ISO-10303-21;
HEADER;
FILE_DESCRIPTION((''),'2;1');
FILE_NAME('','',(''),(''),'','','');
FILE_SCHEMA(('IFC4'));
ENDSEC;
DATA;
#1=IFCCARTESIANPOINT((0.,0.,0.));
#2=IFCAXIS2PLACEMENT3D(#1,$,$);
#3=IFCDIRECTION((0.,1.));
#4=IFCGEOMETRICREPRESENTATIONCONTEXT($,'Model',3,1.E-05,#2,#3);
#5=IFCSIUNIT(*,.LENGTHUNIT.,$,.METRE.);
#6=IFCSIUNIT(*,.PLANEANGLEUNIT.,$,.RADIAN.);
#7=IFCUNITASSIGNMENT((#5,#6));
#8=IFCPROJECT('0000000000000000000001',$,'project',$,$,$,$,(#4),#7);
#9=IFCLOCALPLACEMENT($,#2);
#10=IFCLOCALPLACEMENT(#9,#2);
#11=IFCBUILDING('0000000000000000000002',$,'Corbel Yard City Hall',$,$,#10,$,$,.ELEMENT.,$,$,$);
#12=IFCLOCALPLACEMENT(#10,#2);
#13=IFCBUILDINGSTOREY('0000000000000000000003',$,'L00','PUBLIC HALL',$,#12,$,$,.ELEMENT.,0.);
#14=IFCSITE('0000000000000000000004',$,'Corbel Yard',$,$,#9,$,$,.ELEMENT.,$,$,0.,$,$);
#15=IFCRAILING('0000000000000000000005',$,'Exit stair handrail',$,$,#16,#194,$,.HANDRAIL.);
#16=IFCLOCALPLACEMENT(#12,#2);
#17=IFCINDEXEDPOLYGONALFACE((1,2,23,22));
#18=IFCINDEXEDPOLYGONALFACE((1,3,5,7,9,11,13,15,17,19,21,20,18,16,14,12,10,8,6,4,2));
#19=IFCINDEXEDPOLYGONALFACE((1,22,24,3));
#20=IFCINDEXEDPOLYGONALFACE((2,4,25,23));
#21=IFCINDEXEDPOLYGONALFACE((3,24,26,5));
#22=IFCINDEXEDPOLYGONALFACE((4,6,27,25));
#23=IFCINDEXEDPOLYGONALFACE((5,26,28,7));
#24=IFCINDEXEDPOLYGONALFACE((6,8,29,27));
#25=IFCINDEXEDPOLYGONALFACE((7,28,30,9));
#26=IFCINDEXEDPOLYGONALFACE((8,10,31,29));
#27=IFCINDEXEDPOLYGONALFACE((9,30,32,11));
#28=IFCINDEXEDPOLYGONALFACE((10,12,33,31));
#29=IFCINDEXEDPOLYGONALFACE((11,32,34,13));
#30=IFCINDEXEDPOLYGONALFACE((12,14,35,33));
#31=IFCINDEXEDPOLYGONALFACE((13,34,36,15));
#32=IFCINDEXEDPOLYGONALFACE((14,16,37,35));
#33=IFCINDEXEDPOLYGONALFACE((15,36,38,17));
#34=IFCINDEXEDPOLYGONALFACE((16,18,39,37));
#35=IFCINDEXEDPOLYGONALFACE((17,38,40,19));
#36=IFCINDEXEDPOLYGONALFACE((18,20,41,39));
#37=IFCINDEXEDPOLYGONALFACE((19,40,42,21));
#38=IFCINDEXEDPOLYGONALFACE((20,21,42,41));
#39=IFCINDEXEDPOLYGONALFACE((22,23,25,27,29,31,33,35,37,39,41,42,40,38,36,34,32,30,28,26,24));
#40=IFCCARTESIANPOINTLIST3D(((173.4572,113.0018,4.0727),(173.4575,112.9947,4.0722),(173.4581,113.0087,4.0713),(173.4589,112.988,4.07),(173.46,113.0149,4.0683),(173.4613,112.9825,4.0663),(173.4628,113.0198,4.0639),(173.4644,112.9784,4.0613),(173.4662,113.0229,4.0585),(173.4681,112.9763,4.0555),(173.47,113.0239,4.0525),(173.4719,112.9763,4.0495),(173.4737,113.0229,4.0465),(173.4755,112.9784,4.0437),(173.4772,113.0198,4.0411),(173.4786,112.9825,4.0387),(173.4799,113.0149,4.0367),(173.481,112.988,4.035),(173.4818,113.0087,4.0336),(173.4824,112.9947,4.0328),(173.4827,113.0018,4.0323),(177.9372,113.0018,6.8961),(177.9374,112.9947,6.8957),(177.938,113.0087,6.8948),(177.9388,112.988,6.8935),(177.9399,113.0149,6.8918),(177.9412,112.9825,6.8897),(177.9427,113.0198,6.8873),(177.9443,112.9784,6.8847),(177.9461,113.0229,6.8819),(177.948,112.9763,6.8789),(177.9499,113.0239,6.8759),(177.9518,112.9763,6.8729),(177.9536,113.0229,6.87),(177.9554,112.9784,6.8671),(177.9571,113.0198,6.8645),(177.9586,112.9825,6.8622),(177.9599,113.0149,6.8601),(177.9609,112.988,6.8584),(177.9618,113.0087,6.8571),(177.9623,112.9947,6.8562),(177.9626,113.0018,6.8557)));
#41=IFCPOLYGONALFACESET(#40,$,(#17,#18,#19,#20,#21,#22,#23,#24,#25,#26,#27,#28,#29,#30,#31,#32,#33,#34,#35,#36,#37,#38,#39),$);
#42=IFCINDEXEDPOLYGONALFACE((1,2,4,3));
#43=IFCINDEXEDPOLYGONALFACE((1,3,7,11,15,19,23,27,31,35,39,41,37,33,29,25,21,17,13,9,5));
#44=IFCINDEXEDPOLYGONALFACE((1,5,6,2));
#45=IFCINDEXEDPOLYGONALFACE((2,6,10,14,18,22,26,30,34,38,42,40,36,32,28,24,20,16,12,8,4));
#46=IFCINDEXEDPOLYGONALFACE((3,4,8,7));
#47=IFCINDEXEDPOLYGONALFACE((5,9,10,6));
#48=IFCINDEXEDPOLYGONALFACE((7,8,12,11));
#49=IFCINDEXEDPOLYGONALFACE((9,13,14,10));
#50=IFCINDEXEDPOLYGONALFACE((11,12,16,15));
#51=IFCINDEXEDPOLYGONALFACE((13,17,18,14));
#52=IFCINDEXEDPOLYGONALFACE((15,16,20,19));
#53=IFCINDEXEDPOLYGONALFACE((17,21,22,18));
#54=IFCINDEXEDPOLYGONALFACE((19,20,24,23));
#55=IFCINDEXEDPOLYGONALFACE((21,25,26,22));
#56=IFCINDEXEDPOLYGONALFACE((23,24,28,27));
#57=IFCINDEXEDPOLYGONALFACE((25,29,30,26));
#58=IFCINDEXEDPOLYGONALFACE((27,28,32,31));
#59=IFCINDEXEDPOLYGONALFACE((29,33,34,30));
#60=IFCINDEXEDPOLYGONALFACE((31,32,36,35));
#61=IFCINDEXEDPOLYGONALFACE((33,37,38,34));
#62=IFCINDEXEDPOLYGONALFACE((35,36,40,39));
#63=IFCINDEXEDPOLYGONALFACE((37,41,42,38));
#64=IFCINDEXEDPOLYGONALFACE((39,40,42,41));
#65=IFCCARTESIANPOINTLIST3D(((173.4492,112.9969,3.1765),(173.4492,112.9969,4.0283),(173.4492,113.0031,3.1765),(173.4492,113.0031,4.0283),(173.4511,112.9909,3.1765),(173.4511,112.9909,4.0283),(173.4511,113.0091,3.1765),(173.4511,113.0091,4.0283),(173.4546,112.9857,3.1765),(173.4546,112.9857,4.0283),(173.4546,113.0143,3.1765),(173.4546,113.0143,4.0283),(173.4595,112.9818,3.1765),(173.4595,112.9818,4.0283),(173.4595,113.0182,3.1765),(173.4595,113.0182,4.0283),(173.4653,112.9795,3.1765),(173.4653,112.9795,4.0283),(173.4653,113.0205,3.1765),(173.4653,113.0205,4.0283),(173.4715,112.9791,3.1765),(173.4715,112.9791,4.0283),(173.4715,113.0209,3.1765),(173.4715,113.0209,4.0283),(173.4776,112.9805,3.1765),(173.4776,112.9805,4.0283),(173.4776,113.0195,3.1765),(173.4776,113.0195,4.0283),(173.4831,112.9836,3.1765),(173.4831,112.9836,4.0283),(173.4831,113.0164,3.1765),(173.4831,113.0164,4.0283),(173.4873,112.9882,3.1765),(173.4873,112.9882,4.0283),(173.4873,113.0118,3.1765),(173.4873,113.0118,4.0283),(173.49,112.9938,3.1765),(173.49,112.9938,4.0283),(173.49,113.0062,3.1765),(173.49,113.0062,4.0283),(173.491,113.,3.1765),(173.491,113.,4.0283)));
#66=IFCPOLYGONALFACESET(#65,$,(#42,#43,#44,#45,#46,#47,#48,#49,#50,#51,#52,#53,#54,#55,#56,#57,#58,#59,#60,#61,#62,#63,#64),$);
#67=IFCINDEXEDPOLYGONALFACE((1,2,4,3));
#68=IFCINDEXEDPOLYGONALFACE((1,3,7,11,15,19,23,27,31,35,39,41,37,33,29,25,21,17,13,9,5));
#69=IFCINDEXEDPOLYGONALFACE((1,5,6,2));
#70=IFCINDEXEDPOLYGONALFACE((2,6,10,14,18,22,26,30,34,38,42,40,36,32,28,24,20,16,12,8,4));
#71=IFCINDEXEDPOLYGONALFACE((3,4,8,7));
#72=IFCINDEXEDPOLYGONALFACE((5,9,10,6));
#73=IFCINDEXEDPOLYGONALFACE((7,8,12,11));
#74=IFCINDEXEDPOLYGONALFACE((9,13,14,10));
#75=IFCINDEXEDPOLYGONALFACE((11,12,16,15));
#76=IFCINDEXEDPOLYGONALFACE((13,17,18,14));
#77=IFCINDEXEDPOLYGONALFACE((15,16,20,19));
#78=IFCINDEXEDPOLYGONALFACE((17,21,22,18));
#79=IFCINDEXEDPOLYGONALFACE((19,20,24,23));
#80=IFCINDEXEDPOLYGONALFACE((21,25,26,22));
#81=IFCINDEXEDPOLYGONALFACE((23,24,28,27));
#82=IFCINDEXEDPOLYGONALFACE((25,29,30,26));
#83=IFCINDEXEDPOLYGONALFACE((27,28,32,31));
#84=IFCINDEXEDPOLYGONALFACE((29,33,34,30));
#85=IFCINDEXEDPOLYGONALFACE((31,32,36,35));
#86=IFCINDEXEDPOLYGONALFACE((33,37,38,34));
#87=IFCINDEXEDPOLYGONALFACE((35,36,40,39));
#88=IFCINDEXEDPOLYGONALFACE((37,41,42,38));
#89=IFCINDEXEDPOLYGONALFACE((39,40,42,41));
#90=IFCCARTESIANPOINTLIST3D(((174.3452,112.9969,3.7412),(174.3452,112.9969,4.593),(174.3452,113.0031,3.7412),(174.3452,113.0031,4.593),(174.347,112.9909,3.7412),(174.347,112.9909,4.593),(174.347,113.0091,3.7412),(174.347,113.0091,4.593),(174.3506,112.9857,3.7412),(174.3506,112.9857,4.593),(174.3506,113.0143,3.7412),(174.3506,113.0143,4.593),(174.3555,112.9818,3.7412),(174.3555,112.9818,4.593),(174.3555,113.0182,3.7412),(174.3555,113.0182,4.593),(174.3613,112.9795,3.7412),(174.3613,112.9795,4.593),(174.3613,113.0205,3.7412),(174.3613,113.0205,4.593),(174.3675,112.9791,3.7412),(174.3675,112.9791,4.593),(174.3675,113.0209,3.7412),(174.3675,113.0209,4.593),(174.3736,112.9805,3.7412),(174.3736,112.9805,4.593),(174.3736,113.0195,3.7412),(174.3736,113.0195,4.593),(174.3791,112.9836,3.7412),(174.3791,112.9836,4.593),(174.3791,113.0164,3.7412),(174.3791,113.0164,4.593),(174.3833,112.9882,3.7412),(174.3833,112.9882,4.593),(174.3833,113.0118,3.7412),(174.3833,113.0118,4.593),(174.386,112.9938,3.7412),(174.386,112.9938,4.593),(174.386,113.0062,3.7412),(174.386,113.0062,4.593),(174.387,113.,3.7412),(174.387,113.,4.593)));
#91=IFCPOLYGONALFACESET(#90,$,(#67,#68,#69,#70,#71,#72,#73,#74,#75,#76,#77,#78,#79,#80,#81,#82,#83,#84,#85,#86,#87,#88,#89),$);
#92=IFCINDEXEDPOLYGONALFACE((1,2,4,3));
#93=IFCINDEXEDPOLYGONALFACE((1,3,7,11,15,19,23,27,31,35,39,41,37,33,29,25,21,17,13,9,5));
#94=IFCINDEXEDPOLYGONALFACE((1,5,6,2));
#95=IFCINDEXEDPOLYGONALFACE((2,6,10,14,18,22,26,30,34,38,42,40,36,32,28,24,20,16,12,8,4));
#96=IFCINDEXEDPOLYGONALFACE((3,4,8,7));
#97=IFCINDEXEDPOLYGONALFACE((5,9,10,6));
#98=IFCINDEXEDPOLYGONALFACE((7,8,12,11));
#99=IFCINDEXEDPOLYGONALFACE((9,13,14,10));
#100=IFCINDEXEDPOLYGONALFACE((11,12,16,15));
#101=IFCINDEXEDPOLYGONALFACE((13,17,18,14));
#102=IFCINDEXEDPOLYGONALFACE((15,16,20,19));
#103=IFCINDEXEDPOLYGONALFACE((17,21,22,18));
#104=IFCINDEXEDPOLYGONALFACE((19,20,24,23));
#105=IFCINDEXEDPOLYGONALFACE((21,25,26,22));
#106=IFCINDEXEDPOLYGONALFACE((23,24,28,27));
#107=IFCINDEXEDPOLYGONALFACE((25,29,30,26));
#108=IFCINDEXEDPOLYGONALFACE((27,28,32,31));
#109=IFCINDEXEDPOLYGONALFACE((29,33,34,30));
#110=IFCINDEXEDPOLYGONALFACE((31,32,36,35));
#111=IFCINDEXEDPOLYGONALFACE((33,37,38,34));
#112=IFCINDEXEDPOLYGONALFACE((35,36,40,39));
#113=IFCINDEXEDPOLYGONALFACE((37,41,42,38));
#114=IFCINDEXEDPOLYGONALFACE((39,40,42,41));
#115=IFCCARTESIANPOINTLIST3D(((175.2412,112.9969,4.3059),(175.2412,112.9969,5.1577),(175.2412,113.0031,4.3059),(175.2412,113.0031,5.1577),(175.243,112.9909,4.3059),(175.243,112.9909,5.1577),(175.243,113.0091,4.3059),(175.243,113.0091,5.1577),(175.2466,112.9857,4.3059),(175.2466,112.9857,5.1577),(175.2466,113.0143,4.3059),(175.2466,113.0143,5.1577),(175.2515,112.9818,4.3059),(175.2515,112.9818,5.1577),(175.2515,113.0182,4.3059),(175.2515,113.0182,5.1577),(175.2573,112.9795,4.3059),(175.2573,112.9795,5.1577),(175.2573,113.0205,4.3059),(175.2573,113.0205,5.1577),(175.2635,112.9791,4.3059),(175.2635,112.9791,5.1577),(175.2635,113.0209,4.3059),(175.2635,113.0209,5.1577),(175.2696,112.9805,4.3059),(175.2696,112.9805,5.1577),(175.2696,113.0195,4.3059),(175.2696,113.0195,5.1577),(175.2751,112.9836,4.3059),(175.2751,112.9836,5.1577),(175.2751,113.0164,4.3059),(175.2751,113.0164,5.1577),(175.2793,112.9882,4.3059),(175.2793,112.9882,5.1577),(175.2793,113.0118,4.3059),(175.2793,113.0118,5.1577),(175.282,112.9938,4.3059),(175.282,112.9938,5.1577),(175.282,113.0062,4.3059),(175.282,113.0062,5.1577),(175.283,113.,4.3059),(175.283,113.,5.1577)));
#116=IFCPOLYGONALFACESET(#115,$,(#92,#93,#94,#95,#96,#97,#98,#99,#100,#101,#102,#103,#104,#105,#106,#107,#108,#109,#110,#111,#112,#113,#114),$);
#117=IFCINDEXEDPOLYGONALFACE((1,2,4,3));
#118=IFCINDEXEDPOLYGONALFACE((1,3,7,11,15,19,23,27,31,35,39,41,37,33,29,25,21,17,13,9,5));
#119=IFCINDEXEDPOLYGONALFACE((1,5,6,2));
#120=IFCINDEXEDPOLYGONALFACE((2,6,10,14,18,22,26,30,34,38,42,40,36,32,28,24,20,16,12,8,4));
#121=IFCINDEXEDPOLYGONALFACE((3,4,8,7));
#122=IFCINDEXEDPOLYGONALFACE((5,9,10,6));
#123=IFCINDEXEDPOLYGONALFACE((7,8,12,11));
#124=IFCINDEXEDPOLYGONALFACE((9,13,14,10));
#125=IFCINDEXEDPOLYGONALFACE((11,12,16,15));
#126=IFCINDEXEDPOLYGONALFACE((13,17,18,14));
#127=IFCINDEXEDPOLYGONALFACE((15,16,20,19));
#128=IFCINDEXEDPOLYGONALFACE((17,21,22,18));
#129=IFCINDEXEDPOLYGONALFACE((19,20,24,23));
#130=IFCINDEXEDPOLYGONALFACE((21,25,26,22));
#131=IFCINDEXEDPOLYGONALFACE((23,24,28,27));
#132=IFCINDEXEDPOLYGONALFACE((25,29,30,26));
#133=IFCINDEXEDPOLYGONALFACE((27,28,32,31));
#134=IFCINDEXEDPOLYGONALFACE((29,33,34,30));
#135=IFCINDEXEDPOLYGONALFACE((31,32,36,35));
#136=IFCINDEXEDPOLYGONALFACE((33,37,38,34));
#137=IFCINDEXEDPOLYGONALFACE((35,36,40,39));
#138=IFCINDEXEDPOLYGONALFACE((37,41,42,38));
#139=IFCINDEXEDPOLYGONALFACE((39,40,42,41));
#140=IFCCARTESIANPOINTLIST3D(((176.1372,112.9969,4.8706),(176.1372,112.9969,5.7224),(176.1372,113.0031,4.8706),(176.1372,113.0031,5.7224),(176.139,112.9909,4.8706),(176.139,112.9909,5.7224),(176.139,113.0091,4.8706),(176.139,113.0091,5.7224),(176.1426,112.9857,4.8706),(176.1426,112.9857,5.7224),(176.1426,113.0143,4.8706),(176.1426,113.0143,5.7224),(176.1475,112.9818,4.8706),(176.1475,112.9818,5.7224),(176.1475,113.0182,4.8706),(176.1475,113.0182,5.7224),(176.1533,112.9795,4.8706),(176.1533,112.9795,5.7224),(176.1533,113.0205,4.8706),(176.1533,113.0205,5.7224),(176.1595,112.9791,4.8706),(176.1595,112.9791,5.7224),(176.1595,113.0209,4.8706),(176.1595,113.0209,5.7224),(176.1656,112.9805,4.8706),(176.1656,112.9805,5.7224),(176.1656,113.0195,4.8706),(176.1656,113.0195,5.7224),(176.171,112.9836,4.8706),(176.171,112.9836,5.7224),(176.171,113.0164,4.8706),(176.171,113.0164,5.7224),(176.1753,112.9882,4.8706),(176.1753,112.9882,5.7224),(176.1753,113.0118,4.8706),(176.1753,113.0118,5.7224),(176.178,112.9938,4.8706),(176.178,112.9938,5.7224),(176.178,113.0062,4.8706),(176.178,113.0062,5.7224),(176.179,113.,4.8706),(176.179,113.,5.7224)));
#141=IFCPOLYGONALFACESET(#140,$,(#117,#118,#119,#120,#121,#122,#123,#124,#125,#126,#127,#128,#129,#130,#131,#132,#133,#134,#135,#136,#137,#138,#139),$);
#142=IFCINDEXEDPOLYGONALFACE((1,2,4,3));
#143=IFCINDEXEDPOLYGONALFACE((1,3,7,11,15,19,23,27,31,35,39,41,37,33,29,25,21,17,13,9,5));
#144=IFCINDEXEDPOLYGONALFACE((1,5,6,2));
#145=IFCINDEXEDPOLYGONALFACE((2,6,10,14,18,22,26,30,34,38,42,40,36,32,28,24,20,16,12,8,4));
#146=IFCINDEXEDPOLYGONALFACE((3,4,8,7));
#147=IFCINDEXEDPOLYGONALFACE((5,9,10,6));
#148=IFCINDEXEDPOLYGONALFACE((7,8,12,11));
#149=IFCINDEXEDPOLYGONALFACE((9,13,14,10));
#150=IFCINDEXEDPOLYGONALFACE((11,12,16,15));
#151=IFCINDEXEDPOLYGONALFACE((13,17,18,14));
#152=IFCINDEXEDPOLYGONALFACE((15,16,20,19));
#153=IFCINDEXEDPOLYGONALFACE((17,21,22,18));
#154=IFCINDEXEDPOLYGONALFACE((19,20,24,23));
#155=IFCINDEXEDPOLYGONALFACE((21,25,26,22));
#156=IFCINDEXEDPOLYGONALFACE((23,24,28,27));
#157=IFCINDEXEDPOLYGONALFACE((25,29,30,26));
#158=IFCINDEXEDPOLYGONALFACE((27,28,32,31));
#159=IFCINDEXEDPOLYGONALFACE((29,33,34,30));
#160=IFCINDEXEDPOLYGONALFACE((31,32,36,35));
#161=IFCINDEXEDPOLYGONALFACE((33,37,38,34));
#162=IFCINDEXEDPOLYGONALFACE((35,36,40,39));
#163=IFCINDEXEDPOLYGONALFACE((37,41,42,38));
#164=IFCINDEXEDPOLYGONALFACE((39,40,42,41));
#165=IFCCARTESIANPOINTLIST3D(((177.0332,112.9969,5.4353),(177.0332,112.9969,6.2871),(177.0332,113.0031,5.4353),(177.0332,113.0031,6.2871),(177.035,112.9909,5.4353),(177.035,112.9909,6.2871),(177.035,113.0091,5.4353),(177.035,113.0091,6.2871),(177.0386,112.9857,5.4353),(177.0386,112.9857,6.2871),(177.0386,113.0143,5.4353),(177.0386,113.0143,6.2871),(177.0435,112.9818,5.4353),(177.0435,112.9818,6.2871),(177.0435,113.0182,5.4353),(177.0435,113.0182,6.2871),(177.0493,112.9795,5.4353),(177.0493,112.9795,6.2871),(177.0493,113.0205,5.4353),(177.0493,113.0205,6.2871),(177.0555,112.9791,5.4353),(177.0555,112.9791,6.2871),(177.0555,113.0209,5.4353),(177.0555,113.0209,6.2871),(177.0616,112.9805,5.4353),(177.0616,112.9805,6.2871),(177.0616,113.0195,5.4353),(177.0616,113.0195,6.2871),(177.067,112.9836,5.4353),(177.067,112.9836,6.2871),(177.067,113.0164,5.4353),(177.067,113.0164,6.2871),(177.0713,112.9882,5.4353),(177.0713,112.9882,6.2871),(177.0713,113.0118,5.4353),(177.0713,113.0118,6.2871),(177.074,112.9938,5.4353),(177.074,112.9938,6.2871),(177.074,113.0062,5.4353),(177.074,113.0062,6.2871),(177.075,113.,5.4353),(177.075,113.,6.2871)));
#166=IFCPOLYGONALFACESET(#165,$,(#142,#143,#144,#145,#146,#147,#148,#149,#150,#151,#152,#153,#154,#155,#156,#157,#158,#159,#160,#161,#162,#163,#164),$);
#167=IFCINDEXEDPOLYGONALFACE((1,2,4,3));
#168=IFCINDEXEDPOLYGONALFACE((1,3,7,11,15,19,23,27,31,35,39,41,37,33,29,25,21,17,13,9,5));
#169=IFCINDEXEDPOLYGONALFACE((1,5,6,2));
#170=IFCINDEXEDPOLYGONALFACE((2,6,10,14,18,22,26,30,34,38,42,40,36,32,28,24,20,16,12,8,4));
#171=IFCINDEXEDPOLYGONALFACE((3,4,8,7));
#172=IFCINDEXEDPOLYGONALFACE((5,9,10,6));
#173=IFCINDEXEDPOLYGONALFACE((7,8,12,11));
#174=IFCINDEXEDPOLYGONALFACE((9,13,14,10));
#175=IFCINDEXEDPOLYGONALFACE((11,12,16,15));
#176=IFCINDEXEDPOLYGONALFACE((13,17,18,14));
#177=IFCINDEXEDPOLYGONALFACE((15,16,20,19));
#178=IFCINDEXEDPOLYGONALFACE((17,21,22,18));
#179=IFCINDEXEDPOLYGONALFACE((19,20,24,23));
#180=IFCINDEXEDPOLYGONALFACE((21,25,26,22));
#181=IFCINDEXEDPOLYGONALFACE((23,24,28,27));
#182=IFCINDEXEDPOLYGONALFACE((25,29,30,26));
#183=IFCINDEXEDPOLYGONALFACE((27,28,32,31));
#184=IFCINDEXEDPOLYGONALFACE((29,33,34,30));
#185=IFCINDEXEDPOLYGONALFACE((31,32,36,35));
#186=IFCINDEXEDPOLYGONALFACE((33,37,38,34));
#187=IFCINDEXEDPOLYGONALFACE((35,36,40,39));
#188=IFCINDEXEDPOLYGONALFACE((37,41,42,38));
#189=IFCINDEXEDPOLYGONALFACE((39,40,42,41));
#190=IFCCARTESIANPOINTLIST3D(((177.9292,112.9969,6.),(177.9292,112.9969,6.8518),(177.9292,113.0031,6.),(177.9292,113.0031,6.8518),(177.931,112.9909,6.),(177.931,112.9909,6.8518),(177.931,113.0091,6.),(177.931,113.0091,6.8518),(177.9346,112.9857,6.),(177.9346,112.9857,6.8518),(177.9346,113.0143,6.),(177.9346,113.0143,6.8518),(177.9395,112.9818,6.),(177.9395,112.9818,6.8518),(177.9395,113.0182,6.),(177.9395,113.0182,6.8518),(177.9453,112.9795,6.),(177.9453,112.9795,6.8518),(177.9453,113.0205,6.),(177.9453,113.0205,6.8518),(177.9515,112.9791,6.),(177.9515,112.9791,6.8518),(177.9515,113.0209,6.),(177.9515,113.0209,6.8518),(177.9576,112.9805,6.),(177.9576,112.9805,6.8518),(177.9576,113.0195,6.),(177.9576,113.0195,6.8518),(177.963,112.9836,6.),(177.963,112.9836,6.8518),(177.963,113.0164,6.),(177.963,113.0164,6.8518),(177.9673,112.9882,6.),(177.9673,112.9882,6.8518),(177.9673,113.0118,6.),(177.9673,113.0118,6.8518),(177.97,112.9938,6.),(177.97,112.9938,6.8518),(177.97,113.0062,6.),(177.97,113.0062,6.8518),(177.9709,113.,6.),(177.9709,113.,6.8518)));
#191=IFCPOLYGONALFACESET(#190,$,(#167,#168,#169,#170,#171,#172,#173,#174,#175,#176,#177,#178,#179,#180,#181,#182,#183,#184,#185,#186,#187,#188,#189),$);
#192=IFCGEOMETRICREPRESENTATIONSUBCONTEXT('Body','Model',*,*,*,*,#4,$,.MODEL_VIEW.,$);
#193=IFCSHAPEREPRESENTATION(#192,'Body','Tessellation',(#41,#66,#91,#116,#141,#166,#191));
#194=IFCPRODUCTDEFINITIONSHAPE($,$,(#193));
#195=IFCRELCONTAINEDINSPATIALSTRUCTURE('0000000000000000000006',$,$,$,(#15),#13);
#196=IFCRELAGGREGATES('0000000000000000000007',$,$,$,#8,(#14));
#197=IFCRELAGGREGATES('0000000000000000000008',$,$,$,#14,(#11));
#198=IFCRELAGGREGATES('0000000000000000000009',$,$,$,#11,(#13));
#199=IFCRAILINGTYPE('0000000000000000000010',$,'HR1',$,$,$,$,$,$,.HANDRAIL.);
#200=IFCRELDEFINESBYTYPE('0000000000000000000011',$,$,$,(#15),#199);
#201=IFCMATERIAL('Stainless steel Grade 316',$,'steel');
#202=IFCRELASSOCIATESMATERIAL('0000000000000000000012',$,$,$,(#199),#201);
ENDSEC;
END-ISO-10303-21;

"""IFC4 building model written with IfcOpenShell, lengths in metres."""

from ifc_helpers import new_model, si_unit, direction, frame, origin, origin_2d, place, context, subcontext, project, spatial, circle, extrude, material, type_object, element, save


model = new_model("IFC4")

# Units and contexts
model_context = context("Model", 3, precision=1e-05, world=origin(), true_north=direction((0.0, 1.0)))
body_context = subcontext(model_context, "Body", "Model", "MODEL_VIEW")
ifc_project = project(units=[si_unit("LENGTHUNIT", "METRE"), si_unit("PLANEANGLEUNIT", "RADIAN")], contexts=[model_context])

# Site, building, storey
site_placement = place(None, origin())
site = spatial("IfcSite", under=ifc_project, at=site_placement, Name="Corbel Yard", CompositionType="ELEMENT", RefElevation=0.0)
building_placement = place(site_placement, origin())
building = spatial("IfcBuilding", under=site, at=building_placement, Name="Corbel Yard City Hall", CompositionType="ELEMENT")
storey_placement = place(building_placement, origin())
storey = spatial("IfcBuildingStorey", under=building, at=storey_placement, Name="L00", Description="PUBLIC HALL", CompositionType="ELEMENT", Elevation=0.0)

# Shared definitions
ifc_material_1 = material(Name="Stainless steel Grade 316", Category="steel")

# Railing
railing_type = type_object("IfcRailingType", Name="HR1", PredefinedType="HANDRAIL", material=ifc_material_1)
for number, where, name in (
    (1, (173.47, 113.0, 3.1765), "Exit stair handrail"),
):
    element("IfcRailing", number, at=place(storey_placement, frame(where)), inside=storey, type_object=railing_type, Name=name, PredefinedType="HANDRAIL", context=body_context, shape_type="SweptSolid", body=[
        extrude(circle(Radius=0.0239, at=origin_2d()), frame((0.0, 0.0, 0.876), z_axis=(0.845998, 0.0, 0.533186), x_axis=(0.0, 1.0, 0.0)), (0.0, 0.0, 1.0), 5.2954),
        extrude(circle(Radius=0.021, at=origin_2d()), origin(), (0.0, 0.0, 1.0), 0.8518),
        extrude(circle(Radius=0.021, at=origin_2d()), frame((0.896, 0.0, 0.5647)), (0.0, 0.0, 1.0), 0.8518),
        extrude(circle(Radius=0.021, at=origin_2d()), frame((1.792, 0.0, 1.1294)), (0.0, 0.0, 1.0), 0.8518),
        extrude(circle(Radius=0.021, at=origin_2d()), frame((2.688, 0.0, 1.6941)), (0.0, 0.0, 1.0), 0.8518),
        extrude(circle(Radius=0.021, at=origin_2d()), frame((3.584, 0.0, 2.2588)), (0.0, 0.0, 1.0), 0.8518),
        extrude(circle(Radius=0.021, at=origin_2d()), frame((4.48, 0.0, 2.8235)), (0.0, 0.0, 1.0), 0.8518),
    ])

save(model, "model.ifc")
